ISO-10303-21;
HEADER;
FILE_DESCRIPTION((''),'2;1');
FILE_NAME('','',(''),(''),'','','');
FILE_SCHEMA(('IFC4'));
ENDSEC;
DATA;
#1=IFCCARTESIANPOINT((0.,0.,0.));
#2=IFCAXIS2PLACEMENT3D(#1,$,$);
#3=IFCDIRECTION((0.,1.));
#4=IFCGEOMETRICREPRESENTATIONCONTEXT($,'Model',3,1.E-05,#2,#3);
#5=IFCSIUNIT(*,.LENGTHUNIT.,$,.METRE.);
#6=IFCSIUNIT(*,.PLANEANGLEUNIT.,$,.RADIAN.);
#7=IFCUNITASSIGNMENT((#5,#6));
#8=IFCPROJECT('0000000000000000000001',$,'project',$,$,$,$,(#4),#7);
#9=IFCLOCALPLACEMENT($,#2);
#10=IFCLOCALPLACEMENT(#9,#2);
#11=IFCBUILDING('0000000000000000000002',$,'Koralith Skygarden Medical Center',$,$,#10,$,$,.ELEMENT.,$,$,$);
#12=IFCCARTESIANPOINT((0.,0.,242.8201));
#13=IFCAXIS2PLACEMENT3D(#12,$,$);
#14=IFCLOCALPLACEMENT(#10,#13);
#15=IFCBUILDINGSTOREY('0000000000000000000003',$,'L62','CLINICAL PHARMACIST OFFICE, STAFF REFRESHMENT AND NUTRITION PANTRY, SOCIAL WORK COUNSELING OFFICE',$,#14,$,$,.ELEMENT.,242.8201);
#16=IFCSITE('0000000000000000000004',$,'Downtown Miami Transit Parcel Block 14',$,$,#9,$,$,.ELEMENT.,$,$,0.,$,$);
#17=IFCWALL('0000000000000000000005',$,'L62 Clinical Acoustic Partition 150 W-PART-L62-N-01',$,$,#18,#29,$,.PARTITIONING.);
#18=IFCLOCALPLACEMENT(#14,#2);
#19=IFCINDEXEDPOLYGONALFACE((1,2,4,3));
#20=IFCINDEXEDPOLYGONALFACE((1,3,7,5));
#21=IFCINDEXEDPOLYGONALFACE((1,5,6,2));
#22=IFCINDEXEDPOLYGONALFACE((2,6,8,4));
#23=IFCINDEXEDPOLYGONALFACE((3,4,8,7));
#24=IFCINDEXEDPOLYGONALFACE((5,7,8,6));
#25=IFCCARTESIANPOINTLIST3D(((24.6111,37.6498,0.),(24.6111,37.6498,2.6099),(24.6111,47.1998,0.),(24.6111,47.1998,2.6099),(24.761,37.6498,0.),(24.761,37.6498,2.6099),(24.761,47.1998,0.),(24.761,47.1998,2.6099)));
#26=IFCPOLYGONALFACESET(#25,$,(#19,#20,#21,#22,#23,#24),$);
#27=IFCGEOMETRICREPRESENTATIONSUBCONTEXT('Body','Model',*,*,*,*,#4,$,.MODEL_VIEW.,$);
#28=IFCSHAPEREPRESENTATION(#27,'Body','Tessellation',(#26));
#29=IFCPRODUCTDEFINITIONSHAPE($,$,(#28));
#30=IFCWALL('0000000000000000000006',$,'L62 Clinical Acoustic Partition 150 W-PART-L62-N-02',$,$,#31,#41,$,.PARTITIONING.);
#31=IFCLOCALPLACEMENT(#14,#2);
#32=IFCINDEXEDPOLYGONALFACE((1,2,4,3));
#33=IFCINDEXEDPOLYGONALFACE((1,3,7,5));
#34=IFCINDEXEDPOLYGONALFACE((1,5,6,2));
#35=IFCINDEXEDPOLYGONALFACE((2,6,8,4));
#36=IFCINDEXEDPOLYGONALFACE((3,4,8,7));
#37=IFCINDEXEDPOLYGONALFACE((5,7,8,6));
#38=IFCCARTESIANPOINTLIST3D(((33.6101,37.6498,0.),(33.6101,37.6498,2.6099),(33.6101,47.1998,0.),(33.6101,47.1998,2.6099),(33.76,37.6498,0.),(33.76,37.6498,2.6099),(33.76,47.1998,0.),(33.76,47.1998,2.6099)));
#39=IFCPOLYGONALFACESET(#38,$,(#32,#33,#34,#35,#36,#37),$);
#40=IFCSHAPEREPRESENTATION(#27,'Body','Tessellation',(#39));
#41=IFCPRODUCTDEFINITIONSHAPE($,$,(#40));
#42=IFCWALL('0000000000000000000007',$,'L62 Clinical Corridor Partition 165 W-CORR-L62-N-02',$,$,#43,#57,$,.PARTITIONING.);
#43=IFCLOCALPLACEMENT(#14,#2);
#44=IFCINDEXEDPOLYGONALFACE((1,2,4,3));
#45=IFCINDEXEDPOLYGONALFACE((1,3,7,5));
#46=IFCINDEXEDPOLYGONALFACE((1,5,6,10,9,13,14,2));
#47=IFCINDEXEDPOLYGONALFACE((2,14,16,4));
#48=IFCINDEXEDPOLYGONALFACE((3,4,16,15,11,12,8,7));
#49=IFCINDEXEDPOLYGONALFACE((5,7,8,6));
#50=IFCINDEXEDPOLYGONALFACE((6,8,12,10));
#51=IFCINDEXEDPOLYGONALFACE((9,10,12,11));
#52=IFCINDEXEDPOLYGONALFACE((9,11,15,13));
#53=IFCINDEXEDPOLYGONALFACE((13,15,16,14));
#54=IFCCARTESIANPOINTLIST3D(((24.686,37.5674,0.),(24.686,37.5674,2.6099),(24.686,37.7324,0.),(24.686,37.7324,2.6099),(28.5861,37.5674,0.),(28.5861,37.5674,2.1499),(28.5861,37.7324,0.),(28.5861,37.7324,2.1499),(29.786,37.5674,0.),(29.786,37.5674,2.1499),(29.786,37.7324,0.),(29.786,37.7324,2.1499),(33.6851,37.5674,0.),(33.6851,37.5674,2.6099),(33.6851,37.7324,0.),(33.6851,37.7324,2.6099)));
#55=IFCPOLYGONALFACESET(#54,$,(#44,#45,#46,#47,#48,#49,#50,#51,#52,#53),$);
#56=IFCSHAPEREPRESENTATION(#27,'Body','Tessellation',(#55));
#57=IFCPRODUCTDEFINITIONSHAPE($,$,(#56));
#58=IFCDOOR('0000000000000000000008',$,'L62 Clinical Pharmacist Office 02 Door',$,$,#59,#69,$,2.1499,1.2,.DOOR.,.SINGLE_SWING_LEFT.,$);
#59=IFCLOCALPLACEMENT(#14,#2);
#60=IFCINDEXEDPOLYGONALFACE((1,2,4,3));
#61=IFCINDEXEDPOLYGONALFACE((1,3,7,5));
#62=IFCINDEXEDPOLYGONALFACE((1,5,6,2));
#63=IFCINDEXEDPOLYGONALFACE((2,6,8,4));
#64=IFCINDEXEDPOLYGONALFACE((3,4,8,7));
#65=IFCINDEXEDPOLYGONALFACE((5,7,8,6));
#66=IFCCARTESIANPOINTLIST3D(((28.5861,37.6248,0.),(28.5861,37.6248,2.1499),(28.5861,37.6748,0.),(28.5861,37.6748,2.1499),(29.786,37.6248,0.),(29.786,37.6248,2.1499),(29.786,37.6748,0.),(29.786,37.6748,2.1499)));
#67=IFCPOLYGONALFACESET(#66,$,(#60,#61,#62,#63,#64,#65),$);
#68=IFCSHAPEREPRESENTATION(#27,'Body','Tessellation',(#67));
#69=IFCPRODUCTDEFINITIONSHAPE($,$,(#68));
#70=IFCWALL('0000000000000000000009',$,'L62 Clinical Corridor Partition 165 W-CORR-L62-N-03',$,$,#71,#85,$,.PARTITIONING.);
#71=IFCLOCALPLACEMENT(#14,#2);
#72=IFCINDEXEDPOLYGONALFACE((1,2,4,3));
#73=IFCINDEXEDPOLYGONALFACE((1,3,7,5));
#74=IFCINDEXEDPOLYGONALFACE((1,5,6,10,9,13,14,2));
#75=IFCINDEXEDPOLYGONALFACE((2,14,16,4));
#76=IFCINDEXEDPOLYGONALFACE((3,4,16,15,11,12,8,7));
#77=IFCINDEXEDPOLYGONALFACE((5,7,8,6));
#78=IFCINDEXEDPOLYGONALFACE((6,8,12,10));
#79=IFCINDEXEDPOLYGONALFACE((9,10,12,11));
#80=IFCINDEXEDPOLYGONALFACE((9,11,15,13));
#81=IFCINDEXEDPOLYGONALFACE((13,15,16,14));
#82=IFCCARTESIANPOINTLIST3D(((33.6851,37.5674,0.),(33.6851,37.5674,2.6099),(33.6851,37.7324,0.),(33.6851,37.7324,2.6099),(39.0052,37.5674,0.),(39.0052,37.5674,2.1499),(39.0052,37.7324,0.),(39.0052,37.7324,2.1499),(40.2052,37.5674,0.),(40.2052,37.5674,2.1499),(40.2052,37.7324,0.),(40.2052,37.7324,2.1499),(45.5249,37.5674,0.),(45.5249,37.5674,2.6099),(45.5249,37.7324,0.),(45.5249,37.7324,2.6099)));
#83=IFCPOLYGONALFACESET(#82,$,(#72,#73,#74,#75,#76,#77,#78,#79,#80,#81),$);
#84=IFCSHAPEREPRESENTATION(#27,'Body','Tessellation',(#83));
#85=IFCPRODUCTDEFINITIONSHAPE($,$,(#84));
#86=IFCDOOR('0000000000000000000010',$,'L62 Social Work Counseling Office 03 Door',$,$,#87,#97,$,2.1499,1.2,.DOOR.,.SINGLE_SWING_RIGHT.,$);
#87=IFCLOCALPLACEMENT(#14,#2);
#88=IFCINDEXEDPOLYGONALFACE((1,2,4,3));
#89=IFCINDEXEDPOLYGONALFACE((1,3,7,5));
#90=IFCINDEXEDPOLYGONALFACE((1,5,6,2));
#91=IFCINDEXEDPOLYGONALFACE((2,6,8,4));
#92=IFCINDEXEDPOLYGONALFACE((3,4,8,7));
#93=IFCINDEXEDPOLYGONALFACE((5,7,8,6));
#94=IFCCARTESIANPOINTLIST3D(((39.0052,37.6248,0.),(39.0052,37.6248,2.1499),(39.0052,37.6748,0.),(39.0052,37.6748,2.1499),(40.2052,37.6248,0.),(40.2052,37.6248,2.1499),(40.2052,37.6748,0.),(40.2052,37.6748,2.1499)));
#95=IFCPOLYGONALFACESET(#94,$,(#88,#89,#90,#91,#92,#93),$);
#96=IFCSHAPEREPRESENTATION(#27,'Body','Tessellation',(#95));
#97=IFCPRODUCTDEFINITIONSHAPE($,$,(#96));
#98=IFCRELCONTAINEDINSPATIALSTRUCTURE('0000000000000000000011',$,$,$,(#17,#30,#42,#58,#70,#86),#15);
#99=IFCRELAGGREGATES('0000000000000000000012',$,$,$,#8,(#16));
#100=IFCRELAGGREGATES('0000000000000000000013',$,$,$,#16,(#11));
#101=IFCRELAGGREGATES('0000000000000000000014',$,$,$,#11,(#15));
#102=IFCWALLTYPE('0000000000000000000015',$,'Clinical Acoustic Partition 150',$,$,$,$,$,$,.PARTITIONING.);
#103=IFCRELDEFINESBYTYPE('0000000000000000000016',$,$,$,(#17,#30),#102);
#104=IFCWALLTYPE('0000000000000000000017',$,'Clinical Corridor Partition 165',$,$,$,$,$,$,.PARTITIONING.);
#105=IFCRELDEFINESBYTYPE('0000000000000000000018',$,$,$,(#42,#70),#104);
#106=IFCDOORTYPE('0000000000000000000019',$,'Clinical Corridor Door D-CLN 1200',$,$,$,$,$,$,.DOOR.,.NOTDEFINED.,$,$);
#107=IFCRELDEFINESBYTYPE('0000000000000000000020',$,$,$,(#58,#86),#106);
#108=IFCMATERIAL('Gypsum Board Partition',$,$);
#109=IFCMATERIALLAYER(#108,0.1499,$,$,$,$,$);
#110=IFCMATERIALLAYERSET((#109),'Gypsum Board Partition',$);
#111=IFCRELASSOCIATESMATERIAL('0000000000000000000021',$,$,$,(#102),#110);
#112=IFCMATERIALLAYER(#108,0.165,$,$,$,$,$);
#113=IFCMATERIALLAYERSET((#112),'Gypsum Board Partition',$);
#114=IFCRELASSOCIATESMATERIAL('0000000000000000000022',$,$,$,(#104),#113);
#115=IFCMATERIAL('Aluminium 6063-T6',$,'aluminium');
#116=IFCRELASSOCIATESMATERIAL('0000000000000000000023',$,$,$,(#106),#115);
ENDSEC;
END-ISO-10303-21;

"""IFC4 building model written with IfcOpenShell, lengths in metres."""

from ifc_helpers import new_model, si_unit, direction, frame, frame_2d, origin, place, context, subcontext, project, spatial, rectangle, extrude, material, layer, layer_set, type_object, element, fill, save


model = new_model("IFC4")

# Units and contexts
model_context = context("Model", 3, precision=1e-05, world=origin(), true_north=direction((0.0, 1.0)))
body_context = subcontext(model_context, "Body", "Model", "MODEL_VIEW")
ifc_project = project(units=[si_unit("LENGTHUNIT", "METRE"), si_unit("PLANEANGLEUNIT", "RADIAN")], contexts=[model_context])

# Site, building, storey
site_placement = place(None, origin())
site = spatial("IfcSite", under=ifc_project, at=site_placement, Name="Downtown Miami Transit Parcel Block 14", CompositionType="ELEMENT", RefElevation=0.0)
building_placement = place(site_placement, origin())
building = spatial("IfcBuilding", under=site, at=building_placement, Name="Koralith Skygarden Medical Center", CompositionType="ELEMENT")
storey_placement = place(building_placement, frame((0.0, 0.0, 242.8201)))
storey = spatial("IfcBuildingStorey", under=building, at=storey_placement, Name="L62", Description="CLINICAL PHARMACIST OFFICE, STAFF REFRESHMENT AND NUTRITION PANTRY, SOCIAL WORK COUNSELING OFFICE", CompositionType="ELEMENT", Elevation=242.8201)

# Shared definitions
ifc_material_1 = material(Name="Aluminium 6063-T6", Category="aluminium")

# Walls
ifc_material_2 = material(Name="Gypsum Board Partition")
ifc_layer_1 = layer(ifc_material_2, 0.1499)
ifc_layer_set_1 = layer_set([ifc_layer_1], Name="Gypsum Board Partition")
wall_type_1 = type_object("IfcWallType", Name="Clinical Acoustic Partition 150", PredefinedType="PARTITIONING", material=ifc_layer_set_1)
for number, where, z_axis, x_axis, name in (
    (1, (24.686, 37.6499, 0.0), (0.0, 0.0, 1.0), (0.0, 1.0, 0.0), "L62 Clinical Acoustic Partition 150 W-PART-L62-N-01"),
    (2, (33.6851, 37.6499, 0.0), (0.0, 0.0, 1.0), (0.0, 1.0, 0.0), "L62 Clinical Acoustic Partition 150 W-PART-L62-N-02"),
):
    element("IfcWall", number, at=place(storey_placement, frame(where, z_axis=z_axis, x_axis=x_axis)), inside=storey, type_object=wall_type_1, Name=name, PredefinedType="PARTITIONING", context=body_context, shape_type="SweptSolid", body=[
        extrude(rectangle(XDim=9.55, YDim=0.1499, at=frame_2d((4.7749, 0.0))), origin(), (0.0, 0.0, 1.0), 2.6099),
    ])

# Walls, openings, doors
ifc_layer_2 = layer(ifc_material_2, 0.165)
ifc_layer_set_2 = layer_set([ifc_layer_2], Name="Gypsum Board Partition")
wall_type_2 = type_object("IfcWallType", Name="Clinical Corridor Partition 165", PredefinedType="PARTITIONING", material=ifc_layer_set_2)
door_type = type_object("IfcDoorType", Name="Clinical Corridor Door D-CLN 1200", OperationType="NOTDEFINED", PredefinedType="DOOR", material=ifc_material_1)
wall_1_placement = place(storey_placement, frame((24.686, 37.6499, 0.0), z_axis=(0.0, 0.0, 1.0), x_axis=(1.0, 0.0, 0.0)))
wall_1 = element("IfcWall", 3, at=wall_1_placement, inside=storey, type_object=wall_type_2, Name="L62 Clinical Corridor Partition 165 W-CORR-L62-N-02", PredefinedType="PARTITIONING", context=body_context, shape_type="SweptSolid", body=[
    extrude(rectangle(XDim=8.999, YDim=0.165, at=frame_2d((4.4995, 0.0))), origin(), (0.0, 0.0, 1.0), 2.6099),
])
opening_1_placement = place(wall_1_placement, frame((3.8999, 0.0, 0.0)))
opening_1 = element("IfcOpeningElement", 4, at=opening_1_placement, cuts=wall_1, PredefinedType="OPENING", context=body_context, shape_type="SweptSolid", body=[
    extrude(rectangle(XDim=1.2, YDim=2.1499, at=frame_2d((0.6001, 1.075))), frame((0.0, 0.0925, 0.0), z_axis=(0.0, -1.0, 0.0), x_axis=(1.0, 0.0, 0.0)), (0.0, 0.0, 1.0), 0.1851),
])
door_1_placement = place(opening_1_placement, origin())
door_1 = element("IfcDoor", 5, at=door_1_placement, inside=storey, type_object=door_type, Name="L62 Clinical Pharmacist Office 02 Door", OperationType="SINGLE_SWING_LEFT", OverallHeight=2.1499, OverallWidth=1.2, PredefinedType="DOOR", context=body_context, shape_type="SweptSolid", body=[
    extrude(rectangle(XDim=1.2, YDim=2.1499, at=frame_2d((0.6001, 1.075))), frame((0.0, 0.0249, 0.0), z_axis=(0.0, -1.0, 0.0), x_axis=(1.0, 0.0, 0.0)), (0.0, 0.0, 1.0), 0.05),
])
fill(opening_1, door_1)
wall_2_placement = place(storey_placement, frame((33.6851, 37.6499, 0.0), z_axis=(0.0, 0.0, 1.0), x_axis=(1.0, 0.0, 0.0)))
wall_2 = element("IfcWall", 6, at=wall_2_placement, inside=storey, type_object=wall_type_2, Name="L62 Clinical Corridor Partition 165 W-CORR-L62-N-03", PredefinedType="PARTITIONING", context=body_context, shape_type="SweptSolid", body=[
    extrude(rectangle(XDim=11.8398, YDim=0.165, at=frame_2d((5.9199, 0.0))), origin(), (0.0, 0.0, 1.0), 2.6099),
])
opening_2_placement = place(wall_2_placement, frame((5.3201, 0.0, 0.0)))
opening_2 = element("IfcOpeningElement", 7, at=opening_2_placement, cuts=wall_2, PredefinedType="OPENING", context=body_context, shape_type="SweptSolid", body=[
    extrude(rectangle(XDim=1.2, YDim=2.1499, at=frame_2d((0.6001, 1.075))), frame((0.0, 0.0925, 0.0), z_axis=(0.0, -1.0, 0.0), x_axis=(1.0, 0.0, 0.0)), (0.0, 0.0, 1.0), 0.1851),
])
door_2_placement = place(opening_2_placement, origin())
door_2 = element("IfcDoor", 8, at=door_2_placement, inside=storey, type_object=door_type, Name="L62 Social Work Counseling Office 03 Door", OperationType="SINGLE_SWING_RIGHT", OverallHeight=2.1499, OverallWidth=1.2, PredefinedType="DOOR", context=body_context, shape_type="SweptSolid", body=[
    extrude(rectangle(XDim=1.2, YDim=2.1499, at=frame_2d((0.6001, 1.075))), frame((0.0, 0.0249, 0.0), z_axis=(0.0, -1.0, 0.0), x_axis=(1.0, 0.0, 0.0)), (0.0, 0.0, 1.0), 0.05),
])
fill(opening_2, door_2)

save(model, "model.ifc")
